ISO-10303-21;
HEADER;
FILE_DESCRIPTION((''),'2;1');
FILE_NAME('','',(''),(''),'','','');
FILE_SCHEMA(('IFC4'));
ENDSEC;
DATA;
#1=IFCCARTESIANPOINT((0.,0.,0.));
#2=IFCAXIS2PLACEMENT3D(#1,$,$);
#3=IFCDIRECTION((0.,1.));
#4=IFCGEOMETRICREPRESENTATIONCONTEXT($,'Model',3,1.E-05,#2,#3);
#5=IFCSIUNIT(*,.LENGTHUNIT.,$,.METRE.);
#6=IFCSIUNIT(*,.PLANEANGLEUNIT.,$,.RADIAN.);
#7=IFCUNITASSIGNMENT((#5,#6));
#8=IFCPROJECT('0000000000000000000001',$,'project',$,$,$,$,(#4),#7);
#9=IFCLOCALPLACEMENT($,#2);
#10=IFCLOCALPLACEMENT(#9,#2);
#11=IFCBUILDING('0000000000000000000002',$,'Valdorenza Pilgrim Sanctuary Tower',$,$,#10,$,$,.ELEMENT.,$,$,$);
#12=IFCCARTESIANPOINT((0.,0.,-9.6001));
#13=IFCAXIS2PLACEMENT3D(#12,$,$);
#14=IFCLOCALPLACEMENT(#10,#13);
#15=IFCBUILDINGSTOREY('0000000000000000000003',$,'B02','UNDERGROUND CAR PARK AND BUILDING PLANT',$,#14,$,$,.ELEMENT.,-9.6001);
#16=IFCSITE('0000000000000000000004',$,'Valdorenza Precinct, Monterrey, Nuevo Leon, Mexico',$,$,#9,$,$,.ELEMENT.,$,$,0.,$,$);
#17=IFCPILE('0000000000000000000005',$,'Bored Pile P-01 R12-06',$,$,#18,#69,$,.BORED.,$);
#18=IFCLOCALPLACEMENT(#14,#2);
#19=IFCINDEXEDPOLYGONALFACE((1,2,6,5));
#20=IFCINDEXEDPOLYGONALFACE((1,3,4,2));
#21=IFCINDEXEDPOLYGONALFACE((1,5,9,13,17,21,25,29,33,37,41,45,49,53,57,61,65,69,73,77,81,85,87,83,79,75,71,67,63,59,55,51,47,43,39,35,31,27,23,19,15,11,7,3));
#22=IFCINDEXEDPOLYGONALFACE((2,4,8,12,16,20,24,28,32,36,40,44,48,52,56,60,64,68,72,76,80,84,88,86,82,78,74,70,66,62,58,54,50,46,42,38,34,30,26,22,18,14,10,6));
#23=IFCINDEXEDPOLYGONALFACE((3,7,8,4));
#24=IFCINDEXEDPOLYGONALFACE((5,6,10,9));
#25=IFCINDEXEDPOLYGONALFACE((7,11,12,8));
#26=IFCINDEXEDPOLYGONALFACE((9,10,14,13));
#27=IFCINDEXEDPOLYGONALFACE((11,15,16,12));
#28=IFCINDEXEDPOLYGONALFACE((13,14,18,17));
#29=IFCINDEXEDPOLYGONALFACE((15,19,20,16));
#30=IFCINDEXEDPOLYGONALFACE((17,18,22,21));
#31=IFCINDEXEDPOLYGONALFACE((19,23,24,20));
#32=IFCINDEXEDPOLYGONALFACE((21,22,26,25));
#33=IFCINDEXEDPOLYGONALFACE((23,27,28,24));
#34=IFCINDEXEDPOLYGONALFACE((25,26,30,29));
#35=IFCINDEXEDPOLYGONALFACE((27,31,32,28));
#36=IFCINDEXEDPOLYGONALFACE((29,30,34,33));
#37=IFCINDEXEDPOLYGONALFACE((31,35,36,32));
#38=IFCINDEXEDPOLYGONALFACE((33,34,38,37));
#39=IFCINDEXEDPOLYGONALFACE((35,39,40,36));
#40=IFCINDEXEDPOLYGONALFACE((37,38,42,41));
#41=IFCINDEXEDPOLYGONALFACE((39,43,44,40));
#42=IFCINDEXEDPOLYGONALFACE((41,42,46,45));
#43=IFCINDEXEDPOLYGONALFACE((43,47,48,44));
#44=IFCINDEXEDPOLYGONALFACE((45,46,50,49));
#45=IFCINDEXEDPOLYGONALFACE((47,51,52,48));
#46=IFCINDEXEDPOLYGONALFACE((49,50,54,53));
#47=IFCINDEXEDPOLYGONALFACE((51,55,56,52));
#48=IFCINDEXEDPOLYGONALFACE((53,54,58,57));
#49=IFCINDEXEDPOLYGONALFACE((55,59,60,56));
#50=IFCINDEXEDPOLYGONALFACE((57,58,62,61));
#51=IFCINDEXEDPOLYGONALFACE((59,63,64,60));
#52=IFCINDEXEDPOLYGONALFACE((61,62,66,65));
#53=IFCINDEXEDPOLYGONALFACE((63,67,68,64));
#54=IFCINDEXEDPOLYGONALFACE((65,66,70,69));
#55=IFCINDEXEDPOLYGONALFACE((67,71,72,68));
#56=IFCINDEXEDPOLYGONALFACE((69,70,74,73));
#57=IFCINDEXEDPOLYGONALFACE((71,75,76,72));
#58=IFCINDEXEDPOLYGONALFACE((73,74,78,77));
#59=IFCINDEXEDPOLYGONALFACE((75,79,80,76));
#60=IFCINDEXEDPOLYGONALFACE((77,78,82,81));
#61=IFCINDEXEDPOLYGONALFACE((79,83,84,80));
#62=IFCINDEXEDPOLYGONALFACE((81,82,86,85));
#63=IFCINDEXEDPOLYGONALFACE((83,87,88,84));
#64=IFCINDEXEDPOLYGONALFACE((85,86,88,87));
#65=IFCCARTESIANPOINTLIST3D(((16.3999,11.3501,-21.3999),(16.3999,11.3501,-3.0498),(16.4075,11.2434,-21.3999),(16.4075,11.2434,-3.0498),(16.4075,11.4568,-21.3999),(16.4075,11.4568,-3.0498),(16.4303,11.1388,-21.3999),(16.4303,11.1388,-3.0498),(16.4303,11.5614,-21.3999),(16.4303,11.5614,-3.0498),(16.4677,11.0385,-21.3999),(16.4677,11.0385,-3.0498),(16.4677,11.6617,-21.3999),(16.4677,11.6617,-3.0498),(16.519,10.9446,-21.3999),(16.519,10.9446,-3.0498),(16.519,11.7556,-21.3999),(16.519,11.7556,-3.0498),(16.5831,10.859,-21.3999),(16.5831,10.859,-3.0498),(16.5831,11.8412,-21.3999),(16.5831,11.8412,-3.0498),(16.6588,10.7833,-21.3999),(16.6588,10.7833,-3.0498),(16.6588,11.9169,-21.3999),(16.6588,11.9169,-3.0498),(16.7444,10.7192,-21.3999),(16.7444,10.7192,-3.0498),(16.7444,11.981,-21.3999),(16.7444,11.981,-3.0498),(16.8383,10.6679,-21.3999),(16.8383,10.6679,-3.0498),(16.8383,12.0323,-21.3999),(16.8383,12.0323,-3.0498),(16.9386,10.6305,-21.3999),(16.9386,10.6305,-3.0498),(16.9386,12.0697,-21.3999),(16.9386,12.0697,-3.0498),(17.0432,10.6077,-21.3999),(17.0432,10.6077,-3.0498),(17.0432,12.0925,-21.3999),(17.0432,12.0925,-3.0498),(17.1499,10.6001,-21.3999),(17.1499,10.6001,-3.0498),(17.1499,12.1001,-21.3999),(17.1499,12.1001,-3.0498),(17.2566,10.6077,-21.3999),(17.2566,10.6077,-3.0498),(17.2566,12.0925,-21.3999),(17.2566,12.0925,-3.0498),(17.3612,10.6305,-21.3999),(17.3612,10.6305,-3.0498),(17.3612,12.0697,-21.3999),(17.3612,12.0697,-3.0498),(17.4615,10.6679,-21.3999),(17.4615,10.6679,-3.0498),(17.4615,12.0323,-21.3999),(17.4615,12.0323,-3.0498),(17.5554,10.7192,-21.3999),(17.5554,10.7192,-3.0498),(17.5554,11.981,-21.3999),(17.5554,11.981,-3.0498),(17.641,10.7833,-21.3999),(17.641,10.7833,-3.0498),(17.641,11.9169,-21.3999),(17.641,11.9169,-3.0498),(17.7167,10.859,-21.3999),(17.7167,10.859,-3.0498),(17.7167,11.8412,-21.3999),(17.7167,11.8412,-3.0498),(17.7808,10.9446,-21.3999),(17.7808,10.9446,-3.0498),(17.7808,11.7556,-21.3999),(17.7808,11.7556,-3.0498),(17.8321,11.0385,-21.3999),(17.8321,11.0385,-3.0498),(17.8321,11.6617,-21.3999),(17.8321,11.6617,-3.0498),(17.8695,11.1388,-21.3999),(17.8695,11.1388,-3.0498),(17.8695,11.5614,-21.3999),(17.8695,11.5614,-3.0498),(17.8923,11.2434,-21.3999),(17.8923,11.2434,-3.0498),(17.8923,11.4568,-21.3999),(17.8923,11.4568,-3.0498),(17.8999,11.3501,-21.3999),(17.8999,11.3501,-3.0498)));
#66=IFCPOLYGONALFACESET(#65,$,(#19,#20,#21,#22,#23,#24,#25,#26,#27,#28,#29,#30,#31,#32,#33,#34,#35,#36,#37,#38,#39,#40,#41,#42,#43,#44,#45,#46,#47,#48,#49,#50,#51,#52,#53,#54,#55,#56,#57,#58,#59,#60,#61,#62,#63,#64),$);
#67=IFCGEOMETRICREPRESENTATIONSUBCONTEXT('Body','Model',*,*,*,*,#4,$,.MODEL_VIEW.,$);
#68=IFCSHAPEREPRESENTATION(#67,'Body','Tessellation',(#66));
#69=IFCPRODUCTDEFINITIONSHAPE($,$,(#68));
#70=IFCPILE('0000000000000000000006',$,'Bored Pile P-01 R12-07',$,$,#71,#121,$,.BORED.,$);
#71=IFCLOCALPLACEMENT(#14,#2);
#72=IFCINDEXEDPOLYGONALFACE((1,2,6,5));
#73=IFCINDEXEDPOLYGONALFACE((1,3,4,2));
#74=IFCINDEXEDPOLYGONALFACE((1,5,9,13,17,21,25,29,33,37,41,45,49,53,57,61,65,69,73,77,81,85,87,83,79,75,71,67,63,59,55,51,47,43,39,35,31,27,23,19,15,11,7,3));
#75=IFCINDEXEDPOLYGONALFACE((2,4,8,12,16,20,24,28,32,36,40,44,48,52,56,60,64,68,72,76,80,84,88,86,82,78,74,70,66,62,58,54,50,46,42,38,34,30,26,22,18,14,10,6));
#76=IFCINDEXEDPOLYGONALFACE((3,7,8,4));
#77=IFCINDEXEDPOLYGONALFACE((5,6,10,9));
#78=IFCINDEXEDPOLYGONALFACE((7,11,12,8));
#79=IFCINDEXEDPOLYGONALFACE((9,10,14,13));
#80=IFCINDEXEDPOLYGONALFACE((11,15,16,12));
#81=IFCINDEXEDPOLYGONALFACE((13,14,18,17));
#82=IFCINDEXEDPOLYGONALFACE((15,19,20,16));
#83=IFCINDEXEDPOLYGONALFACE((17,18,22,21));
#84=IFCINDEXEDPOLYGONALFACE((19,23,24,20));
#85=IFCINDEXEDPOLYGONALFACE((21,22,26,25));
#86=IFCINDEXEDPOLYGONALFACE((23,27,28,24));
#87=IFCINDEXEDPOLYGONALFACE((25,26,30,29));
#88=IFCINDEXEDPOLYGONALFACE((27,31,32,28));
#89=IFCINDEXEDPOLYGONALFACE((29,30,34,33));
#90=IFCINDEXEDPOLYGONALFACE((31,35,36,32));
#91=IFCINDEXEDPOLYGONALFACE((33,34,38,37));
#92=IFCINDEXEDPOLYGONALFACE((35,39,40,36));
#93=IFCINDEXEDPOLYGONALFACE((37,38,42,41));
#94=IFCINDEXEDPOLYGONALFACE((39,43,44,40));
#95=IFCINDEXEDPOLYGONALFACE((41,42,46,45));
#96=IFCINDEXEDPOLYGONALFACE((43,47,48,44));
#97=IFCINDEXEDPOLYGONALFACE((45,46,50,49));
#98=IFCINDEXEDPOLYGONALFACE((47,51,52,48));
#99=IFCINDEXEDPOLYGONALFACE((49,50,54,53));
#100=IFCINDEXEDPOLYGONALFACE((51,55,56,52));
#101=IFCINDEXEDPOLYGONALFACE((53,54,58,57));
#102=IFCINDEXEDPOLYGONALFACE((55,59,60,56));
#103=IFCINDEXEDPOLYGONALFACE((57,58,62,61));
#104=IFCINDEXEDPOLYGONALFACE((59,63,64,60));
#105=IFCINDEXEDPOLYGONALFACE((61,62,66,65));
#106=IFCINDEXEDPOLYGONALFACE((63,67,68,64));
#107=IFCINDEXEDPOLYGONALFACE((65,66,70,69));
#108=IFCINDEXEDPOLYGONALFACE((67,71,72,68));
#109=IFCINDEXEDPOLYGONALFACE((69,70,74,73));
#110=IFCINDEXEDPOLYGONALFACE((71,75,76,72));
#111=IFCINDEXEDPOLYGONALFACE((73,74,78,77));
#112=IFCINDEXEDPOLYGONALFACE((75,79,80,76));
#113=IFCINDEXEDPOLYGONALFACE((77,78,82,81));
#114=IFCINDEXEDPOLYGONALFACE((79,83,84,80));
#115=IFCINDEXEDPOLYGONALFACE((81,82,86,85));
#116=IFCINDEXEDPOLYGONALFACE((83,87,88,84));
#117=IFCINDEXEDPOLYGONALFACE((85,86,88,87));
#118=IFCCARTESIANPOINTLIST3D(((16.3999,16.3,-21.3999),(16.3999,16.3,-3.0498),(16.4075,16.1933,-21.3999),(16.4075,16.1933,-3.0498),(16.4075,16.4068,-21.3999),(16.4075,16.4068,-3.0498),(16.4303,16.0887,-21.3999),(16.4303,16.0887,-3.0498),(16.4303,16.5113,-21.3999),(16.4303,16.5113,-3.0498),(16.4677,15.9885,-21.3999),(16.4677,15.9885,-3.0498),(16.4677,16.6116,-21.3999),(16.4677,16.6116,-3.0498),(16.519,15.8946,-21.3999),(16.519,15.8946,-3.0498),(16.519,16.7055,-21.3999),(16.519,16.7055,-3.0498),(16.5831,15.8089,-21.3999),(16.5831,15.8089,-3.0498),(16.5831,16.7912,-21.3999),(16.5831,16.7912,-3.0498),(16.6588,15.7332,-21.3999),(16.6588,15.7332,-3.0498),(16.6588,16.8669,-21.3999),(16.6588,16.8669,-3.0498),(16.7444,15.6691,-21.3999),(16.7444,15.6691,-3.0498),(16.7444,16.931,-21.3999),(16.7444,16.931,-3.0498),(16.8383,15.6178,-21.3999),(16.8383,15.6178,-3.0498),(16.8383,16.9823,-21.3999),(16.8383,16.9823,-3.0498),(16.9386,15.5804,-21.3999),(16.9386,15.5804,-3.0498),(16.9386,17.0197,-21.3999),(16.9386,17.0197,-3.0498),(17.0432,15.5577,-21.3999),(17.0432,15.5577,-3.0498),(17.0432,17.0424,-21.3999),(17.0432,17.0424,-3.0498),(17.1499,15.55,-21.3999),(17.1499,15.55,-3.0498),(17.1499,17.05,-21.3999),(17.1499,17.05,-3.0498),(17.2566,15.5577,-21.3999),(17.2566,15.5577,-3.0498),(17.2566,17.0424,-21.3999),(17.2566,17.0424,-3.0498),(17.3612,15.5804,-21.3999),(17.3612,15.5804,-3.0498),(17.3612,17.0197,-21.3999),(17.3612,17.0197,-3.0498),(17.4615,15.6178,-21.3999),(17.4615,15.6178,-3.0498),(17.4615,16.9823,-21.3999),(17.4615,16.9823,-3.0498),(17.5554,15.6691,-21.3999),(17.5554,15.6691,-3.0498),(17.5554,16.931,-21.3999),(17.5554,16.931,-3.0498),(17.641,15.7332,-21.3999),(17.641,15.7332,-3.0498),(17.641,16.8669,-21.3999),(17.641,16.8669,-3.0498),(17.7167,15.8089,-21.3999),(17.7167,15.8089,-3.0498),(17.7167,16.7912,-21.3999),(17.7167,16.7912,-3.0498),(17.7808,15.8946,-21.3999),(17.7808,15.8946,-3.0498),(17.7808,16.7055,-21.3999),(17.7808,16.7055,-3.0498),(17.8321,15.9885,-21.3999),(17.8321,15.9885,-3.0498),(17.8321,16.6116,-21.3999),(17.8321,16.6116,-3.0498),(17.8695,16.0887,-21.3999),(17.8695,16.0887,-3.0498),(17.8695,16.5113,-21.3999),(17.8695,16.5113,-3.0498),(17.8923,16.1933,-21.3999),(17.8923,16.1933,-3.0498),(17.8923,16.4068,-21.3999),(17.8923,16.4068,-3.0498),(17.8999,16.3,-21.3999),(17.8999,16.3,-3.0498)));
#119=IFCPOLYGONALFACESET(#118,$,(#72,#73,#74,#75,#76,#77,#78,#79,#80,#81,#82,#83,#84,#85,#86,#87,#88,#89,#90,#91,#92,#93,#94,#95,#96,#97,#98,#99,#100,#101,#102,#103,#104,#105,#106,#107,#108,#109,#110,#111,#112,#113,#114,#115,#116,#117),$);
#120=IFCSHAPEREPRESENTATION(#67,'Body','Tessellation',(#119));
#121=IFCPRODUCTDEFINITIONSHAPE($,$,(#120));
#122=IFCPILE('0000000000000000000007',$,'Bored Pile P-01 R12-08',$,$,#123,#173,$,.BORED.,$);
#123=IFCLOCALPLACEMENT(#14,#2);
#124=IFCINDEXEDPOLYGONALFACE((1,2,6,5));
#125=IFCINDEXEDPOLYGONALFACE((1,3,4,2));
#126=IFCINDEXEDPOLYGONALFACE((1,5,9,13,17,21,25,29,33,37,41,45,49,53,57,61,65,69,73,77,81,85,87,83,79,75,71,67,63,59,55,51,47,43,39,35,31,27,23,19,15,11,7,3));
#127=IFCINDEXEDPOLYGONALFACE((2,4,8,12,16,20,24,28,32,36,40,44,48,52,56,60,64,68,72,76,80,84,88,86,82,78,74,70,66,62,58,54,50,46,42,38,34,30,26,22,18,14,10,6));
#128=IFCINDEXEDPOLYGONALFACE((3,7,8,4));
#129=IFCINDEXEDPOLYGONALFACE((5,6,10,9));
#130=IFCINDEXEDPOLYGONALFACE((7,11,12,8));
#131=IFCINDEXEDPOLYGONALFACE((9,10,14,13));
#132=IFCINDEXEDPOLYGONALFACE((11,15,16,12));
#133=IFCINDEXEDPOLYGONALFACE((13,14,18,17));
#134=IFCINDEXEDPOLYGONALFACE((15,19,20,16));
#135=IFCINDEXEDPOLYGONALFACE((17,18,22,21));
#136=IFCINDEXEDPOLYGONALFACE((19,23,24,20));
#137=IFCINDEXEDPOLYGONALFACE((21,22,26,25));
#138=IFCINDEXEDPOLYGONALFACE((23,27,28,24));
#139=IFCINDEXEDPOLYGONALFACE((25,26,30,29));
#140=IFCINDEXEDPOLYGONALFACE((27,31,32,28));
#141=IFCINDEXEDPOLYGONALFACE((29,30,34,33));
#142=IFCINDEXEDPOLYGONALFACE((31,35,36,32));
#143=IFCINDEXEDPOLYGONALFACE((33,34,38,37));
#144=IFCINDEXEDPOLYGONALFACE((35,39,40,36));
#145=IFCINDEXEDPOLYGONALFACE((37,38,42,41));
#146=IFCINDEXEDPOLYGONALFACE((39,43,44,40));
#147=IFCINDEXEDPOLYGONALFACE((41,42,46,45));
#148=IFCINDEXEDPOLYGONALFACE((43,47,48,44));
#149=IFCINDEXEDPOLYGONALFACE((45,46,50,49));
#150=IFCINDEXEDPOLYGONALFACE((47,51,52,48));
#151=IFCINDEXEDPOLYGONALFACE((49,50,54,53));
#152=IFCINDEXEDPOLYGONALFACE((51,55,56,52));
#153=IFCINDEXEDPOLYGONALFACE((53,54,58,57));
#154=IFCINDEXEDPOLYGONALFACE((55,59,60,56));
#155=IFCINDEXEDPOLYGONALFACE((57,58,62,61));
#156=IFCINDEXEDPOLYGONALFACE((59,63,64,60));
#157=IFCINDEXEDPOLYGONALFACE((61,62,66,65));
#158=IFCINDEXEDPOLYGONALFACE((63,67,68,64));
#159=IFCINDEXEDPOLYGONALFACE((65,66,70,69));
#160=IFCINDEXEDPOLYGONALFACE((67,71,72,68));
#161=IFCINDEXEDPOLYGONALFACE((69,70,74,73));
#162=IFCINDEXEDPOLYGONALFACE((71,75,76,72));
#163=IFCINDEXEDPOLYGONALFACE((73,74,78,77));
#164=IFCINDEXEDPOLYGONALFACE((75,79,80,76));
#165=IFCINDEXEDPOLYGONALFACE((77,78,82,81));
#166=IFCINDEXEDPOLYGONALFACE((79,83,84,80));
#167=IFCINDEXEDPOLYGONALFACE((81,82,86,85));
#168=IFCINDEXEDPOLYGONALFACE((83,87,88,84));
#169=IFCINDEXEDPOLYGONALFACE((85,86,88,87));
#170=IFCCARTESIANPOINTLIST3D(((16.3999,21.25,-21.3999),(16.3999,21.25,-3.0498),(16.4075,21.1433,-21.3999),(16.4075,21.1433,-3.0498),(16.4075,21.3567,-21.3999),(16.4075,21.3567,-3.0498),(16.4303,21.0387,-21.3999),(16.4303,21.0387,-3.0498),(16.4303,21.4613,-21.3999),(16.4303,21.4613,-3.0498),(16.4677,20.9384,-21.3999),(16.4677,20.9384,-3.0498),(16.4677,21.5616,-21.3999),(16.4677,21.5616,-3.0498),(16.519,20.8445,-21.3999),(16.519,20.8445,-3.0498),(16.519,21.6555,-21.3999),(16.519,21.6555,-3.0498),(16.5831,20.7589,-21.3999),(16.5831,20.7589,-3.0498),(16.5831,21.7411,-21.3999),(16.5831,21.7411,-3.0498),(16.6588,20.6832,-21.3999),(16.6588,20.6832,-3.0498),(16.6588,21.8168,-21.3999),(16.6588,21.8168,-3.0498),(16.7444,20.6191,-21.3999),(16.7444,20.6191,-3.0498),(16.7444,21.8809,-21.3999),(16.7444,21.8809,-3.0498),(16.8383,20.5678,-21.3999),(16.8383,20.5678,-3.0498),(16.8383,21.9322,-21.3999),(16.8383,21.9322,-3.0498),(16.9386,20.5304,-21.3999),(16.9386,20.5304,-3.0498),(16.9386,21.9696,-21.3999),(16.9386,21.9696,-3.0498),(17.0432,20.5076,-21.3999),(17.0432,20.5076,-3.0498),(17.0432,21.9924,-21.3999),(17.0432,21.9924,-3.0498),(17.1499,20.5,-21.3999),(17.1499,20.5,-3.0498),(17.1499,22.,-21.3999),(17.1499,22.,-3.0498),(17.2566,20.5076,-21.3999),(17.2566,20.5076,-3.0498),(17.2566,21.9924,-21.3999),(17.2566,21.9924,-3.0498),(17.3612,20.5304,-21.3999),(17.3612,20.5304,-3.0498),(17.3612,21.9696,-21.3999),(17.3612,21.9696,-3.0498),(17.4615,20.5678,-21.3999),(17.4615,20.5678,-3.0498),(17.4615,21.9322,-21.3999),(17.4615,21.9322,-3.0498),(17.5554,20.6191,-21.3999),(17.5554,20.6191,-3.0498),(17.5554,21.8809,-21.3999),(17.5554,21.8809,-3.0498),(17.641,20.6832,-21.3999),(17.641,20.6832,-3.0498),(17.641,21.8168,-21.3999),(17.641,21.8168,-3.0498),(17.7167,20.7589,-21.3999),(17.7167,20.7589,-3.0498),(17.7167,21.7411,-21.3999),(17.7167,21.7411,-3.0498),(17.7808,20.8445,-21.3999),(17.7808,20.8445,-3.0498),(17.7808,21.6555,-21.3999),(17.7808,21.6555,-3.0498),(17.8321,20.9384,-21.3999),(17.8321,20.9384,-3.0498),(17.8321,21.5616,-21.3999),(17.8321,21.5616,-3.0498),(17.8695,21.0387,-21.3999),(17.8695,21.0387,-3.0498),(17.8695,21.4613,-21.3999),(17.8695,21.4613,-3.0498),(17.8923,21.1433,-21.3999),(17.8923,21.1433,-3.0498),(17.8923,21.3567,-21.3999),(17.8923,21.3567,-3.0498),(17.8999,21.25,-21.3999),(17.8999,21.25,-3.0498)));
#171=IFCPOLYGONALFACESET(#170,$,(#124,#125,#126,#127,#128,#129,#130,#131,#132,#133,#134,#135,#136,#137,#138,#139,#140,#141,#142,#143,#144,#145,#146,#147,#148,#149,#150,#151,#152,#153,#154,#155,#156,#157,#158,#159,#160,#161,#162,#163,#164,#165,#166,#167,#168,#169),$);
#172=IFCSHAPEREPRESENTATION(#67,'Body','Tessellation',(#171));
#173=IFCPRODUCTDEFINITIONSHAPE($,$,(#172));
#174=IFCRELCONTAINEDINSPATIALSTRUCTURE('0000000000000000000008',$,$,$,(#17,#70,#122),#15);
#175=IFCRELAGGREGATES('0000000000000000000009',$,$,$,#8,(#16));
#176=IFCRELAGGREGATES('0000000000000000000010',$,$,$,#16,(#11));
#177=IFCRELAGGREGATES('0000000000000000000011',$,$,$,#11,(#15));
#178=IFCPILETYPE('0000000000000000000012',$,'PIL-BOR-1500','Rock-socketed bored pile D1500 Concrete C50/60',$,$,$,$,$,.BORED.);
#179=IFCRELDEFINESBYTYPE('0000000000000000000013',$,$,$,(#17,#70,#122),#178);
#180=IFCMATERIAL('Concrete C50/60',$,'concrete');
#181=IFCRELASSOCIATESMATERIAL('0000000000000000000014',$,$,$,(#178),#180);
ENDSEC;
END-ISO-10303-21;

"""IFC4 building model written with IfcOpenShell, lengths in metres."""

from ifc_helpers import new_model, si_unit, direction, frame, origin, origin_2d, place, context, subcontext, project, spatial, circle, extrude, source, transform, mapped, material, material_profile, profile_set, type_object, element, save


model = new_model("IFC4")

# Units and contexts
model_context = context("Model", 3, precision=1e-05, world=origin(), true_north=direction((0.0, 1.0)))
body_context = subcontext(model_context, "Body", "Model", "MODEL_VIEW")
ifc_project = project(units=[si_unit("LENGTHUNIT", "METRE"), si_unit("PLANEANGLEUNIT", "RADIAN")], contexts=[model_context])

# Site, building, storey
site_placement = place(None, origin())
site = spatial("IfcSite", under=ifc_project, at=site_placement, Name="Valdorenza Precinct, Monterrey, Nuevo Leon, Mexico", CompositionType="ELEMENT", RefElevation=0.0)
building_placement = place(site_placement, origin())
building = spatial("IfcBuilding", under=site, at=building_placement, Name="Valdorenza Pilgrim Sanctuary Tower", CompositionType="ELEMENT")
storey_placement = place(building_placement, frame((0.0, 0.0, -9.6001)))
storey = spatial("IfcBuildingStorey", under=building, at=storey_placement, Name="B02", Description="UNDERGROUND CAR PARK AND BUILDING PLANT", CompositionType="ELEMENT", Elevation=-9.6001)

# Piles
ifc_material_1 = material(Name="Concrete C50/60", Category="concrete")
ifc_material_profile_1 = material_profile(ifc_material_1, circle(Radius=0.75, at=origin_2d()), Name="BORED PILE 1500")
ifc_profile_set_1 = profile_set([ifc_material_profile_1], Name="Concrete C50/60")
pile_type = type_object("IfcPileType", Name="PIL-BOR-1500", Description="Rock-socketed bored pile D1500 Concrete C50/60", PredefinedType="BORED", material=ifc_profile_set_1)
shared_shape_1 = source(origin(), body_context, "Body", "SweptSolid", [
    extrude(circle(Radius=0.75, at=origin_2d()), origin(), (0.0, 0.0, 1.0), 18.3501),
])
for number, where, z_axis, x_axis, name in (
    (1, (17.1499, 11.3501, -3.0498), (0.0, 0.0, -1.0), (1.0, 0.0, 0.0), "Bored Pile P-01 R12-06"),
    (2, (17.1499, 16.3, -3.0498), (0.0, 0.0, -1.0), (1.0, 0.0, 0.0), "Bored Pile P-01 R12-07"),
    (3, (17.1499, 21.25, -3.0498), (0.0, 0.0, -1.0), (1.0, 0.0, 0.0), "Bored Pile P-01 R12-08"),
):
    element("IfcPile", number, at=place(storey_placement, frame(where, z_axis=z_axis, x_axis=x_axis)), inside=storey, type_object=pile_type, Name=name, PredefinedType="BORED", context=body_context, shape_type="MappedRepresentation", body=[
        mapped(shared_shape_1, transform((0.0, 0.0, 0.0), x_axis=(1.0, 0.0, 0.0), y_axis=(0.0, 1.0, 0.0), z_axis=(0.0, 0.0, 1.0), scale=1.0)),
    ])

save(model, "model.ifc")
